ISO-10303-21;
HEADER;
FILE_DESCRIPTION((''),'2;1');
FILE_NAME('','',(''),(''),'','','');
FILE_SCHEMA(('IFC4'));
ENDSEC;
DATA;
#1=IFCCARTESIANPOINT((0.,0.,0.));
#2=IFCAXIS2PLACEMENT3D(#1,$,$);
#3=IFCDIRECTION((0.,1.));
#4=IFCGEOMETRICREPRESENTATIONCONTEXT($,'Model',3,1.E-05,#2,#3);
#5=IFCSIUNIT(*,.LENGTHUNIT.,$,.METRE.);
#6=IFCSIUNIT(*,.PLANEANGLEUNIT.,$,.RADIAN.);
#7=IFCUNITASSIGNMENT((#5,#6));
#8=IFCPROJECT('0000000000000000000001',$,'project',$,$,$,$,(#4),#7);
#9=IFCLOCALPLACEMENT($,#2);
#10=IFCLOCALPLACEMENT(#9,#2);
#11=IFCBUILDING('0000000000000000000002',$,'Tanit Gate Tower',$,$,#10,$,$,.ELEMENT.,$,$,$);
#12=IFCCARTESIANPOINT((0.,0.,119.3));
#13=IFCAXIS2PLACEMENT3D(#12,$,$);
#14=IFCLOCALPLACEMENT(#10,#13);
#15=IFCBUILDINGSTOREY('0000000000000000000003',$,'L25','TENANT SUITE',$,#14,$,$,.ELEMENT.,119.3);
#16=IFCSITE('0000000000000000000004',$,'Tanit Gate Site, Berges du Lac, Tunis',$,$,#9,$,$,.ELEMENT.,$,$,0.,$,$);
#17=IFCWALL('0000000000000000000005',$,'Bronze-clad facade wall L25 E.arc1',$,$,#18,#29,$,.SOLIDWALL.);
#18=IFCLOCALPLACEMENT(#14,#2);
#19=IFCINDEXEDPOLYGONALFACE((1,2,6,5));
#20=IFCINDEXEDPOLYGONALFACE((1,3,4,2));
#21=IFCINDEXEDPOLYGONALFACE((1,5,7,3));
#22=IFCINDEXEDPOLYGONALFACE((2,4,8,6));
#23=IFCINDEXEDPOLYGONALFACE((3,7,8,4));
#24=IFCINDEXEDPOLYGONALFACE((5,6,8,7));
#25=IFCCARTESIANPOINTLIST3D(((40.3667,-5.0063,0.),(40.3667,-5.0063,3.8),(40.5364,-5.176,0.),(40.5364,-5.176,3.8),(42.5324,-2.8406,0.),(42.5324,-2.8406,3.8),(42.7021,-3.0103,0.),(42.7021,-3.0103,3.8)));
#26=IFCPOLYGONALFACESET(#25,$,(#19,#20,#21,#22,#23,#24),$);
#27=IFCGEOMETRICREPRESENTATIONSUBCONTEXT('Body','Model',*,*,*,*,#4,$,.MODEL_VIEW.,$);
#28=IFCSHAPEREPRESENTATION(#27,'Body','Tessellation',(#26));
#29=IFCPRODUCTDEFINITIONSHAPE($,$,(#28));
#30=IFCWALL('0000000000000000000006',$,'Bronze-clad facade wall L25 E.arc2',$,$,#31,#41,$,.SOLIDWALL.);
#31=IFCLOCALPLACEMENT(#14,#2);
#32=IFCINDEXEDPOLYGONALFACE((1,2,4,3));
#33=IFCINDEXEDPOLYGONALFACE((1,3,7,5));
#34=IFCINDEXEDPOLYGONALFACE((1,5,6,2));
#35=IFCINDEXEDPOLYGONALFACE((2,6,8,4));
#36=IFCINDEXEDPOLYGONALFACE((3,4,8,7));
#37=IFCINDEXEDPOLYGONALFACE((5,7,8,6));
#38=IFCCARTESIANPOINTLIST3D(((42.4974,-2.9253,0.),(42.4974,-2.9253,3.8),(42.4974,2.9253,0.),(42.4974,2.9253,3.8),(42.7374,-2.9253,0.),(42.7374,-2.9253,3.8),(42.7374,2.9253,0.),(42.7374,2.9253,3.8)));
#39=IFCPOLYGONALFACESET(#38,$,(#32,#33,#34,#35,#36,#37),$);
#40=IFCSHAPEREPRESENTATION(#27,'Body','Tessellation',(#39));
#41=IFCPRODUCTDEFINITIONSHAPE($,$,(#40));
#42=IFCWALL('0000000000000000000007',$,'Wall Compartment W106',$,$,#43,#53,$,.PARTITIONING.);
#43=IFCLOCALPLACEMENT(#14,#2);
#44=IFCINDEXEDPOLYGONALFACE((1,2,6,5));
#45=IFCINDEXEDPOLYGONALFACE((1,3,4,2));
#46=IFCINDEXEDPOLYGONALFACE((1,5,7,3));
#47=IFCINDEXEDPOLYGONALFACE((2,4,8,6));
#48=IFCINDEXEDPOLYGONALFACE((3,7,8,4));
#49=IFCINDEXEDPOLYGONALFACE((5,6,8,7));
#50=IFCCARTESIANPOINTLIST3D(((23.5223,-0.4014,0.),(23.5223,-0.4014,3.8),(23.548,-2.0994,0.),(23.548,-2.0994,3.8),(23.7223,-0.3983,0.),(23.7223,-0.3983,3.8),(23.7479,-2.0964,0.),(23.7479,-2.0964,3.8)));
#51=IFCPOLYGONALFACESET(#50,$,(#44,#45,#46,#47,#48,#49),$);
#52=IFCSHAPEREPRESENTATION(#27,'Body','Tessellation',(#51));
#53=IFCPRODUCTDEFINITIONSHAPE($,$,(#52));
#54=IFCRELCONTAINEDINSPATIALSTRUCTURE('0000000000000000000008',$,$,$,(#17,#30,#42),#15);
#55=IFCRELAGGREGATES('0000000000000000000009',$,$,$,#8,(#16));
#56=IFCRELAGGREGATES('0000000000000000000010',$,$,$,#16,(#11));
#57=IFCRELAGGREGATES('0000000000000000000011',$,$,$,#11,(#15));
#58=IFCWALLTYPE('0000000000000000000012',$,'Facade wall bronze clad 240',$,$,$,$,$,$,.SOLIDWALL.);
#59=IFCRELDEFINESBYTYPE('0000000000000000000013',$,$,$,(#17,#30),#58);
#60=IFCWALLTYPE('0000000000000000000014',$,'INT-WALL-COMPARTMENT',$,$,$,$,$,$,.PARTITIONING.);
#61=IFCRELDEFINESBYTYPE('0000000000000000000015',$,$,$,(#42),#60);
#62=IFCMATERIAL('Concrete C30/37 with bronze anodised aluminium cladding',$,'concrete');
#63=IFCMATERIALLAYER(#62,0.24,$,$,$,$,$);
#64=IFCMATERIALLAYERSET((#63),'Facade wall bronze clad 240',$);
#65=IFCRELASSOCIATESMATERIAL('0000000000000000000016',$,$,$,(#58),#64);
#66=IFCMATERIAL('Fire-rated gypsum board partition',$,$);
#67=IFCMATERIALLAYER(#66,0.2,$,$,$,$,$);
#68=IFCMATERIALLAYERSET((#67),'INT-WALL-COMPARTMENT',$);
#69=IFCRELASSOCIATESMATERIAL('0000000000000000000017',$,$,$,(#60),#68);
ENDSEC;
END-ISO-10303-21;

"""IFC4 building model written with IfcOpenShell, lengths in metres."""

from ifc_helpers import new_model, si_unit, direction, frame, frame_2d, origin, place, context, subcontext, project, spatial, rectangle, extrude, material, layer, layer_set, type_object, element, save


model = new_model("IFC4")

# Units and contexts
model_context = context("Model", 3, precision=1e-05, world=origin(), true_north=direction((0.0, 1.0)))
body_context = subcontext(model_context, "Body", "Model", "MODEL_VIEW")
ifc_project = project(units=[si_unit("LENGTHUNIT", "METRE"), si_unit("PLANEANGLEUNIT", "RADIAN")], contexts=[model_context])

# Site, building, storey
site_placement = place(None, origin())
site = spatial("IfcSite", under=ifc_project, at=site_placement, Name="Tanit Gate Site, Berges du Lac, Tunis", CompositionType="ELEMENT", RefElevation=0.0)
building_placement = place(site_placement, origin())
building = spatial("IfcBuilding", under=site, at=building_placement, Name="Tanit Gate Tower", CompositionType="ELEMENT")
storey_placement = place(building_placement, frame((0.0, 0.0, 119.3)))
storey = spatial("IfcBuildingStorey", under=building, at=storey_placement, Name="L25", Description="TENANT SUITE", CompositionType="ELEMENT", Elevation=119.3)

# Walls
ifc_material_1 = material(Name="Concrete C30/37 with bronze anodised aluminium cladding", Category="concrete")
ifc_layer_1 = layer(ifc_material_1, 0.24)
ifc_layer_set_1 = layer_set([ifc_layer_1], Name="Facade wall bronze clad 240")
wall_type_1 = type_object("IfcWallType", Name="Facade wall bronze clad 240", PredefinedType="SOLIDWALL", material=ifc_layer_set_1)
wall_1_placement = place(storey_placement, frame((40.4517, -5.0911, 0.0), z_axis=(0.0, 0.0, 1.0), x_axis=(0.707107, 0.707107, 0.0)))
element("IfcWall", 1, at=wall_1_placement, inside=storey, type_object=wall_type_1, Name="Bronze-clad facade wall L25 E.arc1", PredefinedType="SOLIDWALL", context=body_context, shape_type="SweptSolid", body=[
    extrude(rectangle(XDim=3.0627, YDim=0.24, at=frame_2d((1.5312, 0.0))), origin(), (0.0, 0.0, 1.0), 3.8),
])
wall_2_placement = place(storey_placement, frame((42.6174, -2.9253, 0.0), z_axis=(0.0, 0.0, 1.0), x_axis=(0.0, 1.0, 0.0)))
element("IfcWall", 2, at=wall_2_placement, inside=storey, type_object=wall_type_1, Name="Bronze-clad facade wall L25 E.arc2", PredefinedType="SOLIDWALL", context=body_context, shape_type="SweptSolid", body=[
    extrude(rectangle(XDim=5.8506, YDim=0.24, at=frame_2d((2.9253, 0.0))), origin(), (0.0, 0.0, 1.0), 3.8),
])
ifc_material_2 = material(Name="Fire-rated gypsum board partition")
ifc_layer_2 = layer(ifc_material_2, 0.2)
ifc_layer_set_2 = layer_set([ifc_layer_2], Name="INT-WALL-COMPARTMENT")
wall_type_2 = type_object("IfcWallType", Name="INT-WALL-COMPARTMENT", PredefinedType="PARTITIONING", material=ifc_layer_set_2)
wall_3_placement = place(storey_placement, frame((23.6479, -2.0979, 0.0), z_axis=(0.0, 0.0, 1.0), x_axis=(-0.015095, 0.999886, 0.0)))
element("IfcWall", 3, at=wall_3_placement, inside=storey, type_object=wall_type_2, Name="Wall Compartment W106", PredefinedType="PARTITIONING", context=body_context, shape_type="SweptSolid", body=[
    extrude(rectangle(XDim=1.6982, YDim=0.2, at=frame_2d((0.8491, 0.0))), origin(), (0.0, 0.0, 1.0), 3.8),
])

save(model, "model.ifc")
